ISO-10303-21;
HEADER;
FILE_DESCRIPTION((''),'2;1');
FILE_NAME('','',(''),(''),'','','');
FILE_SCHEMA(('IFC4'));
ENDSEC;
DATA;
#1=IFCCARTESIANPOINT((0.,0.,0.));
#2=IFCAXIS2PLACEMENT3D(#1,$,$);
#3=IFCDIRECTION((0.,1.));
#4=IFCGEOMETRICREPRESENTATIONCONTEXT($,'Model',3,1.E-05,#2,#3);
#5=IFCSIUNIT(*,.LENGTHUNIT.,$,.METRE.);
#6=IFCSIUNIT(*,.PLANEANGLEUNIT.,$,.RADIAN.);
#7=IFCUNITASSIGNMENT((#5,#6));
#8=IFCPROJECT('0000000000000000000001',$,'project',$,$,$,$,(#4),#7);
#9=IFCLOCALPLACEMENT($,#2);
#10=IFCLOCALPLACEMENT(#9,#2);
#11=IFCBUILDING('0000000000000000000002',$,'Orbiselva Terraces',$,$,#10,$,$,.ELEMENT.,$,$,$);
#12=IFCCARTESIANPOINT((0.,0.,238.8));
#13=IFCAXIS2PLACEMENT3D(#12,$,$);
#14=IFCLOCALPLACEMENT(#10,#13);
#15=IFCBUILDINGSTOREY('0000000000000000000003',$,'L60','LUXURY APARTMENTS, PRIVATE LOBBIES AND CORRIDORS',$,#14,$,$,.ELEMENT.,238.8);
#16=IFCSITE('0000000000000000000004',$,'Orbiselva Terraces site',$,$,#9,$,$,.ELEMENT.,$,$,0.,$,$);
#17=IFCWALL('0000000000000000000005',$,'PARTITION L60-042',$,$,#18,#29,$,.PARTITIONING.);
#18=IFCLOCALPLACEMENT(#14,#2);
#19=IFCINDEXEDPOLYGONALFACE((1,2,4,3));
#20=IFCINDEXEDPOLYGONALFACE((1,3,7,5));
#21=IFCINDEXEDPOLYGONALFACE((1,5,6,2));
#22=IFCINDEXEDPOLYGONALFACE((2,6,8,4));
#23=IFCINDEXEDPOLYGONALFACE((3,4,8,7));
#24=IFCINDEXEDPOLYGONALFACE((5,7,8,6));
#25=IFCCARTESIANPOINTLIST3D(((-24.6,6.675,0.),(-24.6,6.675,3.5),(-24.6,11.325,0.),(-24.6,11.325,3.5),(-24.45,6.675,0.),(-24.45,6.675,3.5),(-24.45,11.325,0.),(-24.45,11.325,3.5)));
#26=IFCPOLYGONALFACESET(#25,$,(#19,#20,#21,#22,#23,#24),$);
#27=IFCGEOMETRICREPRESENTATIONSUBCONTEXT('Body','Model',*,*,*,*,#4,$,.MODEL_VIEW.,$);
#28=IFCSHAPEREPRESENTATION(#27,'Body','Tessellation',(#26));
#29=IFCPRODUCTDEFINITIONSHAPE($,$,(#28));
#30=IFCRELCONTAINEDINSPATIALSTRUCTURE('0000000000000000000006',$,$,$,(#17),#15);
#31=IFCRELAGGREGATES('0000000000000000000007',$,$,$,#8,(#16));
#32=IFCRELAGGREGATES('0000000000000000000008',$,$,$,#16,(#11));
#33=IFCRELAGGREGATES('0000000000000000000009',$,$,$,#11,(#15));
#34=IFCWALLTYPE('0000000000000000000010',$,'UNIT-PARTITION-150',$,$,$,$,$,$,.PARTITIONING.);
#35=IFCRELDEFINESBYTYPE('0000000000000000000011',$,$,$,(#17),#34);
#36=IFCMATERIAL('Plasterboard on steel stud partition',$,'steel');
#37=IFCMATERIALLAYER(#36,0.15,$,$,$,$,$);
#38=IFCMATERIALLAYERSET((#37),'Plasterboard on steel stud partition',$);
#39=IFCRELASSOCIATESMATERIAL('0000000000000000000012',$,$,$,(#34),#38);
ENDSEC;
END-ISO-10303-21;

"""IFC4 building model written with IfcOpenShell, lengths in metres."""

from ifc_helpers import new_model, si_unit, direction, frame, frame_2d, origin, place, context, subcontext, project, spatial, rectangle, extrude, material, layer, layer_set, type_object, element, save


model = new_model("IFC4")

# Units and contexts
model_context = context("Model", 3, precision=1e-05, world=origin(), true_north=direction((0.0, 1.0)))
body_context = subcontext(model_context, "Body", "Model", "MODEL_VIEW")
ifc_project = project(units=[si_unit("LENGTHUNIT", "METRE"), si_unit("PLANEANGLEUNIT", "RADIAN")], contexts=[model_context])

# Site, building, storey
site_placement = place(None, origin())
site = spatial("IfcSite", under=ifc_project, at=site_placement, Name="Orbiselva Terraces site", CompositionType="ELEMENT", RefElevation=0.0)
building_placement = place(site_placement, origin())
building = spatial("IfcBuilding", under=site, at=building_placement, Name="Orbiselva Terraces", CompositionType="ELEMENT")
storey_placement = place(building_placement, frame((0.0, 0.0, 238.8)))
storey = spatial("IfcBuildingStorey", under=building, at=storey_placement, Name="L60", Description="LUXURY APARTMENTS, PRIVATE LOBBIES AND CORRIDORS", CompositionType="ELEMENT", Elevation=238.8)

# Shared definitions
ifc_material_1 = material(Name="Plasterboard on steel stud partition", Category="steel")
ifc_layer_1 = layer(ifc_material_1, 0.15)
ifc_layer_set_1 = layer_set([ifc_layer_1], Name="Plasterboard on steel stud partition")
wall_type_1 = type_object("IfcWallType", Name="UNIT-PARTITION-150", PredefinedType="PARTITIONING", material=ifc_layer_set_1)

# Wall
wall_1_placement = place(storey_placement, frame((-24.525, 6.675, 0.0), z_axis=(0.0, 0.0, 1.0), x_axis=(0.0, 1.0, 0.0)))
element("IfcWall", 1, at=wall_1_placement, inside=storey, type_object=wall_type_1, Name="PARTITION L60-042", PredefinedType="PARTITIONING", context=body_context, shape_type="SweptSolid", body=[
    extrude(rectangle(XDim=4.65, YDim=0.15, at=frame_2d((2.325, 0.0))), origin(), (0.0, 0.0, 1.0), 3.5),
])

save(model, "model.ifc")
